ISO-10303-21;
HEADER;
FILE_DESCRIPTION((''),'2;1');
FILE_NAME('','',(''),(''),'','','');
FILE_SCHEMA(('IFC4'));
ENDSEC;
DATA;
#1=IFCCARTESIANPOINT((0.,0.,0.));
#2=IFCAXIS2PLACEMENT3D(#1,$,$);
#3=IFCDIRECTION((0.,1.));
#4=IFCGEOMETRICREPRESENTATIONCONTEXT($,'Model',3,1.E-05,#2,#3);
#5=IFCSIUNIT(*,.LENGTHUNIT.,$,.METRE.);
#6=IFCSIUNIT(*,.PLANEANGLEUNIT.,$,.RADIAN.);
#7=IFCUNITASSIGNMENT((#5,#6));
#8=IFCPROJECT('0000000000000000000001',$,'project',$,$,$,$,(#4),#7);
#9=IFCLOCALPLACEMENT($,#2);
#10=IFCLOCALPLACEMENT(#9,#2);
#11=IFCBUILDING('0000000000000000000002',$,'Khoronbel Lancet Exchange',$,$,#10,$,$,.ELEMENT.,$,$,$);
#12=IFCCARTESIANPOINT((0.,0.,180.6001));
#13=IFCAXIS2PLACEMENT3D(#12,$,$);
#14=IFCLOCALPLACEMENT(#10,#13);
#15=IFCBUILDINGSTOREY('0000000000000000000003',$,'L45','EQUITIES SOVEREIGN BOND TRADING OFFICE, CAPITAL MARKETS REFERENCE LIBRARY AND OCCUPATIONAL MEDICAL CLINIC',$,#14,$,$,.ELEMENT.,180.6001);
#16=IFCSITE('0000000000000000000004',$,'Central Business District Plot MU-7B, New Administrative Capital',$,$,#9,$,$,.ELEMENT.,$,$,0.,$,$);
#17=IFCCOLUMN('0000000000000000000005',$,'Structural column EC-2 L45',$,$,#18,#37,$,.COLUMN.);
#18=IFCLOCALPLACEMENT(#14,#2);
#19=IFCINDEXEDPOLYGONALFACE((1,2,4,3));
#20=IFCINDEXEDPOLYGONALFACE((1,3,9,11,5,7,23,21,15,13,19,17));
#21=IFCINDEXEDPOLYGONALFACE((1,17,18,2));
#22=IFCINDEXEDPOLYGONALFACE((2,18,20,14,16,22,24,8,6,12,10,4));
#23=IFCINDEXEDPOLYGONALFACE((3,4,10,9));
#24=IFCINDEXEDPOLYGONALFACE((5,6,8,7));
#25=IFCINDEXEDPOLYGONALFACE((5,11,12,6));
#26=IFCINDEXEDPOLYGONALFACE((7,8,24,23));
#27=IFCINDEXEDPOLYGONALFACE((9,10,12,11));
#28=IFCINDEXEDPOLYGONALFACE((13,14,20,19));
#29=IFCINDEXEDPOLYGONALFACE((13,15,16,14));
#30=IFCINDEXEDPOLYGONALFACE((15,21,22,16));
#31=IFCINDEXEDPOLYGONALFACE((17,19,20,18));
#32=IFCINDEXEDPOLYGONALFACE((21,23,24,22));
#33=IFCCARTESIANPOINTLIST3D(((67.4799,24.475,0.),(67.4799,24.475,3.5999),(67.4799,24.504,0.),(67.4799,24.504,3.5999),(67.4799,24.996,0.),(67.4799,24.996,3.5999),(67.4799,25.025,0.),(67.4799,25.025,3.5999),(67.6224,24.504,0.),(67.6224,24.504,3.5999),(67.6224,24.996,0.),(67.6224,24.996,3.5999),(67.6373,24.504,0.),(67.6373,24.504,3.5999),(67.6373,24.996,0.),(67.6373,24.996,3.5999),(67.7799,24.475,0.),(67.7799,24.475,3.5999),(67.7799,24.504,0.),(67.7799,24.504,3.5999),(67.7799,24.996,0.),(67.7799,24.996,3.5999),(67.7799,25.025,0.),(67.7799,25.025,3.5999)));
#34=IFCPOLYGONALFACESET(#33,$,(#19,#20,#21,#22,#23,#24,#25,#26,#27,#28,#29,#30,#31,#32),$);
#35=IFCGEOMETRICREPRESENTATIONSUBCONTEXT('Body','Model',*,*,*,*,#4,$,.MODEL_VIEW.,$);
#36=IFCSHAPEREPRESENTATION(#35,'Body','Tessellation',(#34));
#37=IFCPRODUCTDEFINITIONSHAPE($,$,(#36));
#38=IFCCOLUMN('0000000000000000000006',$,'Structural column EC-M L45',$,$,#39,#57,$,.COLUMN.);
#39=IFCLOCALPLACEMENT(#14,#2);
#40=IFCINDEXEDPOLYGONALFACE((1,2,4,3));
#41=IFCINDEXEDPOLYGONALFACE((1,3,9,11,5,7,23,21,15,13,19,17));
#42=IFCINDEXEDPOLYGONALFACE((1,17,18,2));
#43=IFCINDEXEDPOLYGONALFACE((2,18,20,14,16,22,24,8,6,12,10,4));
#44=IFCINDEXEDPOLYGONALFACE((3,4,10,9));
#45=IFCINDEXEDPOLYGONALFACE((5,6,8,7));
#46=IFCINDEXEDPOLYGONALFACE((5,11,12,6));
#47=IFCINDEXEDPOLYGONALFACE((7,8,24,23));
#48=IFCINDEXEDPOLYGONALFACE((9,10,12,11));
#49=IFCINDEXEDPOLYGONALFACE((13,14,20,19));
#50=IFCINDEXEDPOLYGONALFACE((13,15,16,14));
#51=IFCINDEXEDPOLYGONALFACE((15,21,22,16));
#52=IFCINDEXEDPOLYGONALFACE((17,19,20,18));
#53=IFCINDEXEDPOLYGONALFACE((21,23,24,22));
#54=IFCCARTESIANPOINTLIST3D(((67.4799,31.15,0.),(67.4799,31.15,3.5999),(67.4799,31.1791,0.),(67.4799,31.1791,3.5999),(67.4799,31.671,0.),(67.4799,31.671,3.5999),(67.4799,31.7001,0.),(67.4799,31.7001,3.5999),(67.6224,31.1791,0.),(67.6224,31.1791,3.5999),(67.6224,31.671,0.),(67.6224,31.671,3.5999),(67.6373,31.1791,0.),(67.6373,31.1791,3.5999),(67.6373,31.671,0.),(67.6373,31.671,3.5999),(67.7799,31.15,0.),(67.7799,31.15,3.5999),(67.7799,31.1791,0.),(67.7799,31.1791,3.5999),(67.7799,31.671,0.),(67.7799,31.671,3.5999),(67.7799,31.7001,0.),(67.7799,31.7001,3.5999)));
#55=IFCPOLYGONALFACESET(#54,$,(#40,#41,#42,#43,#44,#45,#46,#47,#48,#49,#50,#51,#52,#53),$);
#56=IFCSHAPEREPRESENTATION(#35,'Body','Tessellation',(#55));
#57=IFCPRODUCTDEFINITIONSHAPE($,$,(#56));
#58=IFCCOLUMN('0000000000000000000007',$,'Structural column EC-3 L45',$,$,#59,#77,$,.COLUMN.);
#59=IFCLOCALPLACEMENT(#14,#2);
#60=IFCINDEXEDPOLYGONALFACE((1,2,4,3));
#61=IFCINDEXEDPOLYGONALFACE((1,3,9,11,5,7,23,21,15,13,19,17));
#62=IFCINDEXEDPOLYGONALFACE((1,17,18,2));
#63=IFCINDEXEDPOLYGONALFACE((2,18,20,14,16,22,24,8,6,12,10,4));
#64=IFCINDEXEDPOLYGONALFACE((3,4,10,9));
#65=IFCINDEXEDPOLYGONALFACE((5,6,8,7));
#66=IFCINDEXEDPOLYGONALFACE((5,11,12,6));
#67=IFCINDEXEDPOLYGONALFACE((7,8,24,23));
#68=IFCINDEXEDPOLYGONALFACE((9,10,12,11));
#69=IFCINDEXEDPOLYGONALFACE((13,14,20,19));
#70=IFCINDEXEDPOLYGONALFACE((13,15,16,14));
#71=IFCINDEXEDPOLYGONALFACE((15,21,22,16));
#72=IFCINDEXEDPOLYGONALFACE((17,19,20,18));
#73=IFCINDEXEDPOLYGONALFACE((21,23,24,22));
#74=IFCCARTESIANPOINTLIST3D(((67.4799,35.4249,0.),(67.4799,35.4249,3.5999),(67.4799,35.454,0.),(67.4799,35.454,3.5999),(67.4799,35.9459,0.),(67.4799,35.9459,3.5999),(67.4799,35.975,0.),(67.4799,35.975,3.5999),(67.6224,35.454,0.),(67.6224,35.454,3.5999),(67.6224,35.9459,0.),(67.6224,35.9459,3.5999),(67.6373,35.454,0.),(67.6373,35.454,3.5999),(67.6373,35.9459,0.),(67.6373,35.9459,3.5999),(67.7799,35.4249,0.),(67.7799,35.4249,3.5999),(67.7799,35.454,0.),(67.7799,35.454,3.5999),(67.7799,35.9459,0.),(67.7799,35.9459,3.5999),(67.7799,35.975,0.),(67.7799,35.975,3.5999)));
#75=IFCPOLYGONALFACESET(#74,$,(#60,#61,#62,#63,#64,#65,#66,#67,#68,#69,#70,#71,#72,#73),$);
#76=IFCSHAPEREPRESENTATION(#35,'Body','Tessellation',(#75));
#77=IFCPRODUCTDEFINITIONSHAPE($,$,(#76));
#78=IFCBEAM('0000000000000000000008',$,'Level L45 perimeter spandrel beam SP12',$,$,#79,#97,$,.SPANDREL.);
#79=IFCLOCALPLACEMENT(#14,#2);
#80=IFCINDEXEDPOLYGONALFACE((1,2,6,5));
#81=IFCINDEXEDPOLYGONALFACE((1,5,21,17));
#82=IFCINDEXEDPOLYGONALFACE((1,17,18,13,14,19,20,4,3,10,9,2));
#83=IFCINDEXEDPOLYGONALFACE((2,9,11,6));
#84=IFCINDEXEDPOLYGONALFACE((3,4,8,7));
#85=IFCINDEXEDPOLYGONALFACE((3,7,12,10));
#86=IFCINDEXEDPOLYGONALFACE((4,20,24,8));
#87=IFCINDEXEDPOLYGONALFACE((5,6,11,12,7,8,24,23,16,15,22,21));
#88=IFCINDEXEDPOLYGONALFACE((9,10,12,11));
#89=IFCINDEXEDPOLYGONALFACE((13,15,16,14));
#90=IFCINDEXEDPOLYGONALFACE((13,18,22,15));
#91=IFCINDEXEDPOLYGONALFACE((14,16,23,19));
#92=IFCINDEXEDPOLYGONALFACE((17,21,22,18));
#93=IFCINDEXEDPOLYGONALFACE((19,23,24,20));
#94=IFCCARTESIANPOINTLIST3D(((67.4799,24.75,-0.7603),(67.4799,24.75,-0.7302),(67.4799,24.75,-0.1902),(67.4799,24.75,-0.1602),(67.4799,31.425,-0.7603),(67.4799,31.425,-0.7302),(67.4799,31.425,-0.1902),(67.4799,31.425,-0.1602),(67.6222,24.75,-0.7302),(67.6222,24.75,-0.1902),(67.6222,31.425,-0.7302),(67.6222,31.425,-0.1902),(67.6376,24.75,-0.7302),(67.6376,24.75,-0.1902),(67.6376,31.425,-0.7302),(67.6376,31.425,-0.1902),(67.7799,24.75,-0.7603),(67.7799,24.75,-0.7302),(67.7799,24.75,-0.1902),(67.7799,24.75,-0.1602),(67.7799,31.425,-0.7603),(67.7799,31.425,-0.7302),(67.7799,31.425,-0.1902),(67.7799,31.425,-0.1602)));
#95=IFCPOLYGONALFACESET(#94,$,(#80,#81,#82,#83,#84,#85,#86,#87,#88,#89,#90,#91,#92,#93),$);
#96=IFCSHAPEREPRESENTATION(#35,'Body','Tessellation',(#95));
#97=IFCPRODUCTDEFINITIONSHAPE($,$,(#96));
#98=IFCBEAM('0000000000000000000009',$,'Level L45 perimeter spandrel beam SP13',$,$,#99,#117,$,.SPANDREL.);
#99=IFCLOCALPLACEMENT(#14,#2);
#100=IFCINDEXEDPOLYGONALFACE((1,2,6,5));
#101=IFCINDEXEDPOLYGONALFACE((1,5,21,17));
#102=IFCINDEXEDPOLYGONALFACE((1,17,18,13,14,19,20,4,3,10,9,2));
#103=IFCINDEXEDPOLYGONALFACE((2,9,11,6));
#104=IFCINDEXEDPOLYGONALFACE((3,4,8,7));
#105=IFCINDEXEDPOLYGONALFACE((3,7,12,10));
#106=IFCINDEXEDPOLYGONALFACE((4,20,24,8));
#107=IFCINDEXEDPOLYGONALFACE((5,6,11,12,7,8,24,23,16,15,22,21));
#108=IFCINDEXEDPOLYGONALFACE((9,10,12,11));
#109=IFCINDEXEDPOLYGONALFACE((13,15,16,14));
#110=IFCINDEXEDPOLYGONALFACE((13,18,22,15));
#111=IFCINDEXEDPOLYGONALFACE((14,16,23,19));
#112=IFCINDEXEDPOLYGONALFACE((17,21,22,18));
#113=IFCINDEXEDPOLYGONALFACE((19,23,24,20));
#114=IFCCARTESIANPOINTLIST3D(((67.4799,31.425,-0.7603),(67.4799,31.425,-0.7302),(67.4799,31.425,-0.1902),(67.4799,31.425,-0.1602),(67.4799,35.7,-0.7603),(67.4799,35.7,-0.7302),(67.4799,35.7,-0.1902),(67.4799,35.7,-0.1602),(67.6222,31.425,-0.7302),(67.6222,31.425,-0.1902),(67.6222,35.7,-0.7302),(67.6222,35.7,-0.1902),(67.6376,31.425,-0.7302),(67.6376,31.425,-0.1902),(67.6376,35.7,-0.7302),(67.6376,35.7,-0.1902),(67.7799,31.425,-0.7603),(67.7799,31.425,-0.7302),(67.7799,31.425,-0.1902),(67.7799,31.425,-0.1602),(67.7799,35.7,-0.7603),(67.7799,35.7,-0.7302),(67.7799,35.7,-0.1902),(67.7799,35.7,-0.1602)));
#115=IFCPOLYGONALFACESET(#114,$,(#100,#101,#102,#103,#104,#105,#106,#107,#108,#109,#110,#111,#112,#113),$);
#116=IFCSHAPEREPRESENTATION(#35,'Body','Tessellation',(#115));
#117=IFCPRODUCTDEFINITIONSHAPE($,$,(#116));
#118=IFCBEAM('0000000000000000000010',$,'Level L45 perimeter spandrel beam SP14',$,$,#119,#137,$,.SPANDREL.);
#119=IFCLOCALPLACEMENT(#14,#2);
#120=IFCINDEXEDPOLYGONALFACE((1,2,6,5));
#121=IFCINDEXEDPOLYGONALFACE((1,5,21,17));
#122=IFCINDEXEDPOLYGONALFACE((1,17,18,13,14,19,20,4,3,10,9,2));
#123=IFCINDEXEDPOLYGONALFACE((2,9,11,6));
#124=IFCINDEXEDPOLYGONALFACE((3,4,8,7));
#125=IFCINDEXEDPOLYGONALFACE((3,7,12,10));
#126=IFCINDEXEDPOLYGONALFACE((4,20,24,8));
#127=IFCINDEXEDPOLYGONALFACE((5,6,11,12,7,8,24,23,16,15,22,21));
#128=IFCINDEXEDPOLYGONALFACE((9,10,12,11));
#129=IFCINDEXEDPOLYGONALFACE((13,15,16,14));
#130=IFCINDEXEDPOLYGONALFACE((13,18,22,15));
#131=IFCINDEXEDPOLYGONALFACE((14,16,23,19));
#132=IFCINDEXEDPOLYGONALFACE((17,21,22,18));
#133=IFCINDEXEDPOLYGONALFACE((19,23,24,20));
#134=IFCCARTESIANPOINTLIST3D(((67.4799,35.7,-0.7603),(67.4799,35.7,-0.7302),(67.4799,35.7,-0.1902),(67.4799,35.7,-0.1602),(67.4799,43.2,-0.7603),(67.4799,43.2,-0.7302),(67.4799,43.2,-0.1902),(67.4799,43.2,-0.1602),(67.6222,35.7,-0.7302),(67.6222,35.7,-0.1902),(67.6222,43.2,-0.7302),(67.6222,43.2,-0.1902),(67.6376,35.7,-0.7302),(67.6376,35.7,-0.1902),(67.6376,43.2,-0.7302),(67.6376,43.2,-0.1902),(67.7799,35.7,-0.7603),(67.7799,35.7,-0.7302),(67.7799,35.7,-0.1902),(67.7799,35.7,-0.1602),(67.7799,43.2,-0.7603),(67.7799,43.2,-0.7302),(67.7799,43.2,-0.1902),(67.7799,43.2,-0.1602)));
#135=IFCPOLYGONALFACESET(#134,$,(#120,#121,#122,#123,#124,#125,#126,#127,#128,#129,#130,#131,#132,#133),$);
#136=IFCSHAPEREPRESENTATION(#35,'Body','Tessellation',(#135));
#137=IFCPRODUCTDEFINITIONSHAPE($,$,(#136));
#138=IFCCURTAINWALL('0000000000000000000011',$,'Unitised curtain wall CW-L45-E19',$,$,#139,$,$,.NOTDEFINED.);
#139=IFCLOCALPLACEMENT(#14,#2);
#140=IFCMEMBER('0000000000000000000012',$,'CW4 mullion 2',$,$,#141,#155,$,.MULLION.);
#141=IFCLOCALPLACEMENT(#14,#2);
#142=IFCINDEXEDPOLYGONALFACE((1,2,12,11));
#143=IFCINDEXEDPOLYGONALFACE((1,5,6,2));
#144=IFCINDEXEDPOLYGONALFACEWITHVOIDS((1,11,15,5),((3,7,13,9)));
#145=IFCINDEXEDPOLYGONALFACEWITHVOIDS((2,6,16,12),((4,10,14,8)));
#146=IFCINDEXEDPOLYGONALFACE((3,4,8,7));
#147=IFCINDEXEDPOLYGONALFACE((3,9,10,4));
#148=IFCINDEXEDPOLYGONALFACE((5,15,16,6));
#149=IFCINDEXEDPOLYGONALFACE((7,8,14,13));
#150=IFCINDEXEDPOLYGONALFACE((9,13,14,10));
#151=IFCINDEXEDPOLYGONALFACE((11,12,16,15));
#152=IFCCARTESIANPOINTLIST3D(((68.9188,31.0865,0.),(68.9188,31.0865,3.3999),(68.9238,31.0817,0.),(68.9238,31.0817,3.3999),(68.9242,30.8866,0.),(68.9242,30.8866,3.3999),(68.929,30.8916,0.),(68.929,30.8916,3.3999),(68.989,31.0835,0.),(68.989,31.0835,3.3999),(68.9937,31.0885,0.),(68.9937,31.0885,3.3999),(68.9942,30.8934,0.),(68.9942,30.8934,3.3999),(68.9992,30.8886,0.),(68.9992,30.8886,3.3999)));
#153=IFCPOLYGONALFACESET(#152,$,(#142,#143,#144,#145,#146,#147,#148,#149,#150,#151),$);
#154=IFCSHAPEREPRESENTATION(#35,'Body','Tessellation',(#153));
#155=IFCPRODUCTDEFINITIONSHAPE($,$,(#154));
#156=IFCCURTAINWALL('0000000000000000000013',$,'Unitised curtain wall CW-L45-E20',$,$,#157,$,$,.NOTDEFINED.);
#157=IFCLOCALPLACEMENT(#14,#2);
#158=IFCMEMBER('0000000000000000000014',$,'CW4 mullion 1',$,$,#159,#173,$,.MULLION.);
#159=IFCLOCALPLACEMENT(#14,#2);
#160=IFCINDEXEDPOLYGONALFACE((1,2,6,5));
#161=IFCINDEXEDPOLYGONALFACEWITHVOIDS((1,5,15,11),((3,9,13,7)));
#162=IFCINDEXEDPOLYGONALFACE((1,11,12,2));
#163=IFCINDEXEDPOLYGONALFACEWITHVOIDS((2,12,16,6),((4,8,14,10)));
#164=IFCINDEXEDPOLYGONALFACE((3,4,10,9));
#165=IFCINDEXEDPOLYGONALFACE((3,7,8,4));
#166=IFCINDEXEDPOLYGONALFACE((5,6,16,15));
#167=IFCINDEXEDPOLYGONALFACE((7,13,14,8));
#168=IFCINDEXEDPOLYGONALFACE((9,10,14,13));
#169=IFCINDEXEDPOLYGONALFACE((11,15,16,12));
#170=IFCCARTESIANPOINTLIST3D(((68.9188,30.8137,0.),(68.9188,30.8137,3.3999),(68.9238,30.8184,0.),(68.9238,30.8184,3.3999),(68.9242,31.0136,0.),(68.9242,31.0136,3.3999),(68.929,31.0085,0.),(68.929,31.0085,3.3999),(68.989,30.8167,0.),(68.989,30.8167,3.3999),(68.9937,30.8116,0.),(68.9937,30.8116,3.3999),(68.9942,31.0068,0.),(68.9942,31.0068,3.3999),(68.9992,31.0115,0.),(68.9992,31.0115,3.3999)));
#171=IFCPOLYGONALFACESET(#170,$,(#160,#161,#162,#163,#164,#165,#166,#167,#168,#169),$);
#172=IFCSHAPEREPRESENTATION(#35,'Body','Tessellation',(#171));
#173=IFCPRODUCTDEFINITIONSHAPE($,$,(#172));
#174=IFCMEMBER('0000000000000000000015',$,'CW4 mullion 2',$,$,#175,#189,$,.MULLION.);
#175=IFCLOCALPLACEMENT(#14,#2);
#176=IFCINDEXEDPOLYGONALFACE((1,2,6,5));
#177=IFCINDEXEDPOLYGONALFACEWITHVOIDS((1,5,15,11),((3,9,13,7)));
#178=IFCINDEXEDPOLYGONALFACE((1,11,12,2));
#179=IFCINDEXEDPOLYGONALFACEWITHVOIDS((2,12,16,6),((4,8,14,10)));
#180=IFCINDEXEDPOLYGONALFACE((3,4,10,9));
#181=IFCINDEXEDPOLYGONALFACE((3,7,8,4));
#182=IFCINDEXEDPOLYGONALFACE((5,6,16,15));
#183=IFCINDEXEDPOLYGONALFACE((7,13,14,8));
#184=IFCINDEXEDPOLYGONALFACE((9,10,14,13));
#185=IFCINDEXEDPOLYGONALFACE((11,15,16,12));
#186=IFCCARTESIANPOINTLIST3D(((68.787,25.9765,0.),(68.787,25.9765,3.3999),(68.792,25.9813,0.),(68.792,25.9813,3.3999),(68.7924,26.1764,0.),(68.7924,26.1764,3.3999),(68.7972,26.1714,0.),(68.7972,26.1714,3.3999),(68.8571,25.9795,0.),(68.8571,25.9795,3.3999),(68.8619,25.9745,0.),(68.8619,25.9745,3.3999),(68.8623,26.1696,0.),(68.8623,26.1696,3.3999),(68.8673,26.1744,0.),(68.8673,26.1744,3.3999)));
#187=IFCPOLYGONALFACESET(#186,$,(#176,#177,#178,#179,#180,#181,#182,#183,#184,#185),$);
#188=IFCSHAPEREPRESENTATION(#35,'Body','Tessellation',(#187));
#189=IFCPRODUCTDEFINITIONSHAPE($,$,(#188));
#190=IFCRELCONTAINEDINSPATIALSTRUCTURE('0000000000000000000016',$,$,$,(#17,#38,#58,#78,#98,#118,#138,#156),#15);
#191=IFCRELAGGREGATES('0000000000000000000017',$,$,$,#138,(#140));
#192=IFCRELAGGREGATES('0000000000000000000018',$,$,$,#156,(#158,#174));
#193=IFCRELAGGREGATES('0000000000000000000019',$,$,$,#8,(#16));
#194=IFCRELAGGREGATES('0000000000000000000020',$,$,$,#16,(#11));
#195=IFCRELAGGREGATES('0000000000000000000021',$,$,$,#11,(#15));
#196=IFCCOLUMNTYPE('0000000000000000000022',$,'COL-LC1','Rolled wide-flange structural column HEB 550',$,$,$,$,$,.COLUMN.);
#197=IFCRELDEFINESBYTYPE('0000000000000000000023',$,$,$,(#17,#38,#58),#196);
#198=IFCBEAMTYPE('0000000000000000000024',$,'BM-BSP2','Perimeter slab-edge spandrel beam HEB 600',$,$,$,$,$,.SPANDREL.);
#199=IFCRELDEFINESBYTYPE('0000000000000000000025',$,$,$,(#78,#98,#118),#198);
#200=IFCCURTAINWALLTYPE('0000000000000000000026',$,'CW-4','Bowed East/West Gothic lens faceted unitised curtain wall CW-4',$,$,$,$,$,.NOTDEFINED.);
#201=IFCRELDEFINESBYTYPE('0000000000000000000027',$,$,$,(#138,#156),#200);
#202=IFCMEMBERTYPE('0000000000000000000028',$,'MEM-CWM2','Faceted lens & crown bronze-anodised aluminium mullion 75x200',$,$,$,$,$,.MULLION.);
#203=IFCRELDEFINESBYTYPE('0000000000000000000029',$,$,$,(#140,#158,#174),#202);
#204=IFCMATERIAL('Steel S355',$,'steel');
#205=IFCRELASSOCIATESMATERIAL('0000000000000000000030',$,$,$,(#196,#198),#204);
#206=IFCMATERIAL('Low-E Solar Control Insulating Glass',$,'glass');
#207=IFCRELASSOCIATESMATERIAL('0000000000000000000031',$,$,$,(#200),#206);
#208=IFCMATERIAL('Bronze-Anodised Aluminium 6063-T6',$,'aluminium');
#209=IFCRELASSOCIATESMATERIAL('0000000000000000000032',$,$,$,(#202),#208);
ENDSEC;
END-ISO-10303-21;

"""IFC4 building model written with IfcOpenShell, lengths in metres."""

from ifc_helpers import new_model, si_unit, direction, frame, origin, origin_2d, place, context, subcontext, project, spatial, hollow_rectangle, i_section, extrude, material, material_profile, profile_set, type_object, element, aggregate, save


model = new_model("IFC4")

# Units and contexts
model_context = context("Model", 3, precision=1e-05, world=origin(), true_north=direction((0.0, 1.0)))
body_context = subcontext(model_context, "Body", "Model", "MODEL_VIEW")
ifc_project = project(units=[si_unit("LENGTHUNIT", "METRE"), si_unit("PLANEANGLEUNIT", "RADIAN")], contexts=[model_context])

# Site, building, storey
site_placement = place(None, origin())
site = spatial("IfcSite", under=ifc_project, at=site_placement, Name="Central Business District Plot MU-7B, New Administrative Capital", CompositionType="ELEMENT", RefElevation=0.0)
building_placement = place(site_placement, origin())
building = spatial("IfcBuilding", under=site, at=building_placement, Name="Khoronbel Lancet Exchange", CompositionType="ELEMENT")
storey_placement = place(building_placement, frame((0.0, 0.0, 180.6001)))
storey = spatial("IfcBuildingStorey", under=building, at=storey_placement, Name="L45", Description="EQUITIES SOVEREIGN BOND TRADING OFFICE, CAPITAL MARKETS REFERENCE LIBRARY AND OCCUPATIONAL MEDICAL CLINIC", CompositionType="ELEMENT", Elevation=180.6001)

# Columns
ifc_material_1 = material(Name="Steel S355", Category="steel")
ifc_material_profile_1 = material_profile(ifc_material_1, i_section(OverallWidth=0.3, OverallDepth=0.55, WebThickness=0.0149, FlangeThickness=0.0291, at=origin_2d()), Name="HEB 550")
ifc_profile_set_1 = profile_set([ifc_material_profile_1], Name="Steel S355")
column_type = type_object("IfcColumnType", Name="COL-LC1", Description="Rolled wide-flange structural column HEB 550", PredefinedType="COLUMN", material=ifc_profile_set_1)
for number, where, z_axis, x_axis, name in (
    (1, (67.6299, 24.75, 0.0), (0.0, 0.0, 1.0), (1.0, 0.0, 0.0), "Structural column EC-2 L45"),
    (2, (67.6299, 31.425, 0.0), (0.0, 0.0, 1.0), (1.0, 0.0, 0.0), "Structural column EC-M L45"),
    (3, (67.6299, 35.7, 0.0), (0.0, 0.0, 1.0), (1.0, 0.0, 0.0), "Structural column EC-3 L45"),
):
    element("IfcColumn", number, at=place(storey_placement, frame(where, z_axis=z_axis, x_axis=x_axis)), inside=storey, type_object=column_type, Name=name, PredefinedType="COLUMN", context=body_context, shape_type="SweptSolid", body=[
        extrude(i_section(OverallWidth=0.3, OverallDepth=0.55, WebThickness=0.0149, FlangeThickness=0.0291, at=origin_2d()), origin(), (0.0, 0.0, 1.0), 3.5999),
    ])

# Beams
ifc_material_profile_2 = material_profile(ifc_material_1, i_section(OverallWidth=0.3, OverallDepth=0.6001, WebThickness=0.0154, FlangeThickness=0.03, at=origin_2d()), Name="HEB 600")
ifc_profile_set_2 = profile_set([ifc_material_profile_2], Name="Steel S355")
beam_type = type_object("IfcBeamType", Name="BM-BSP2", Description="Perimeter slab-edge spandrel beam HEB 600", PredefinedType="SPANDREL", material=ifc_profile_set_2)
beam_1_placement = place(storey_placement, frame((67.6299, 24.75, -0.4602), z_axis=(0.0, 1.0, 0.0), x_axis=(-1.0, 0.0, 0.0)))
element("IfcBeam", 4, at=beam_1_placement, inside=storey, type_object=beam_type, Name="Level L45 perimeter spandrel beam SP12", PredefinedType="SPANDREL", context=body_context, shape_type="SweptSolid", body=[
    extrude(i_section(OverallWidth=0.3, OverallDepth=0.6001, WebThickness=0.0154, FlangeThickness=0.03, at=origin_2d()), origin(), (0.0, 0.0, 1.0), 6.675),
])
beam_2_placement = place(storey_placement, frame((67.6299, 31.425, -0.4602), z_axis=(0.0, 1.0, 0.0), x_axis=(-1.0, 0.0, 0.0)))
element("IfcBeam", 5, at=beam_2_placement, inside=storey, type_object=beam_type, Name="Level L45 perimeter spandrel beam SP13", PredefinedType="SPANDREL", context=body_context, shape_type="SweptSolid", body=[
    extrude(i_section(OverallWidth=0.3, OverallDepth=0.6001, WebThickness=0.0154, FlangeThickness=0.03, at=origin_2d()), origin(), (0.0, 0.0, 1.0), 4.2749),
])
beam_3_placement = place(storey_placement, frame((67.6299, 35.7, -0.4602), z_axis=(0.0, 1.0, 0.0), x_axis=(-1.0, 0.0, 0.0)))
element("IfcBeam", 6, at=beam_3_placement, inside=storey, type_object=beam_type, Name="Level L45 perimeter spandrel beam SP14", PredefinedType="SPANDREL", context=body_context, shape_type="SweptSolid", body=[
    extrude(i_section(OverallWidth=0.3, OverallDepth=0.6001, WebThickness=0.0154, FlangeThickness=0.03, at=origin_2d()), origin(), (0.0, 0.0, 1.0), 7.5),
])

# Curtain wall, member
ifc_material_2 = material(Name="Low-E Solar Control Insulating Glass", Category="glass")
curtain_wall_type = type_object("IfcCurtainWallType", Name="CW-4", Description="Bowed East/West Gothic lens faceted unitised curtain wall CW-4", PredefinedType="NOTDEFINED", material=ifc_material_2)
curtain_wall_1_placement = place(storey_placement, origin())
curtain_wall_1 = element("IfcCurtainWall", 7, at=curtain_wall_1_placement, inside=storey, type_object=curtain_wall_type, Name="Unitised curtain wall CW-L45-E19", PredefinedType="NOTDEFINED")
ifc_material_3 = material(Name="Bronze-Anodised Aluminium 6063-T6", Category="aluminium")
ifc_material_profile_3 = material_profile(ifc_material_3, hollow_rectangle(XDim=0.075, YDim=0.2, WallThickness=0.0049, at=origin_2d()), Name="ALU MULLION 75x200")
ifc_profile_set_3 = profile_set([ifc_material_profile_3], Name="Bronze-Anodised Aluminium 6063-T6")
member_type_1 = type_object("IfcMemberType", Name="MEM-CWM2", Description="Faceted lens & crown bronze-anodised aluminium mullion 75x200", PredefinedType="MULLION", material=ifc_profile_set_3)
member_1_placement = place(storey_placement, frame((68.959, 30.9875, 0.0), z_axis=(0.0, 0.0, 1.0), x_axis=(0.999629, 0.027249, 0.0)))
member_1 = element("IfcMember", 8, at=member_1_placement, type_object=member_type_1, Name="CW4 mullion 2", PredefinedType="MULLION", context=body_context, shape_type="SweptSolid", body=[
    extrude(hollow_rectangle(XDim=0.075, YDim=0.2, WallThickness=0.0049, at=origin_2d()), origin(), (0.0, 0.0, 1.0), 3.3999),
])

# Curtain wall, members
curtain_wall_2_placement = place(storey_placement, origin())
curtain_wall_2 = element("IfcCurtainWall", 9, at=curtain_wall_2_placement, inside=storey, type_object=curtain_wall_type, Name="Unitised curtain wall CW-L45-E20", PredefinedType="NOTDEFINED")
member_2_placement = place(storey_placement, frame((68.959, 30.9126, 0.0), z_axis=(0.0, 0.0, 1.0), x_axis=(0.999629, -0.027249, 0.0)))
member_2 = element("IfcMember", 10, at=member_2_placement, type_object=member_type_1, Name="CW4 mullion 1", PredefinedType="MULLION", context=body_context, shape_type="SweptSolid", body=[
    extrude(hollow_rectangle(XDim=0.075, YDim=0.2, WallThickness=0.0049, at=origin_2d()), origin(), (0.0, 0.0, 1.0), 3.3999),
])
member_3_placement = place(storey_placement, frame((68.8271, 26.0754, 0.0), z_axis=(0.0, 0.0, 1.0), x_axis=(0.999629, -0.027249, 0.0)))
member_3 = element("IfcMember", 11, at=member_3_placement, type_object=member_type_1, Name="CW4 mullion 2", PredefinedType="MULLION", context=body_context, shape_type="SweptSolid", body=[
    extrude(hollow_rectangle(XDim=0.075, YDim=0.2, WallThickness=0.0049, at=origin_2d()), origin(), (0.0, 0.0, 1.0), 3.3999),
])

aggregate(curtain_wall_1, [member_1])
aggregate(curtain_wall_2, [member_2, member_3])

save(model, "model.ifc")
